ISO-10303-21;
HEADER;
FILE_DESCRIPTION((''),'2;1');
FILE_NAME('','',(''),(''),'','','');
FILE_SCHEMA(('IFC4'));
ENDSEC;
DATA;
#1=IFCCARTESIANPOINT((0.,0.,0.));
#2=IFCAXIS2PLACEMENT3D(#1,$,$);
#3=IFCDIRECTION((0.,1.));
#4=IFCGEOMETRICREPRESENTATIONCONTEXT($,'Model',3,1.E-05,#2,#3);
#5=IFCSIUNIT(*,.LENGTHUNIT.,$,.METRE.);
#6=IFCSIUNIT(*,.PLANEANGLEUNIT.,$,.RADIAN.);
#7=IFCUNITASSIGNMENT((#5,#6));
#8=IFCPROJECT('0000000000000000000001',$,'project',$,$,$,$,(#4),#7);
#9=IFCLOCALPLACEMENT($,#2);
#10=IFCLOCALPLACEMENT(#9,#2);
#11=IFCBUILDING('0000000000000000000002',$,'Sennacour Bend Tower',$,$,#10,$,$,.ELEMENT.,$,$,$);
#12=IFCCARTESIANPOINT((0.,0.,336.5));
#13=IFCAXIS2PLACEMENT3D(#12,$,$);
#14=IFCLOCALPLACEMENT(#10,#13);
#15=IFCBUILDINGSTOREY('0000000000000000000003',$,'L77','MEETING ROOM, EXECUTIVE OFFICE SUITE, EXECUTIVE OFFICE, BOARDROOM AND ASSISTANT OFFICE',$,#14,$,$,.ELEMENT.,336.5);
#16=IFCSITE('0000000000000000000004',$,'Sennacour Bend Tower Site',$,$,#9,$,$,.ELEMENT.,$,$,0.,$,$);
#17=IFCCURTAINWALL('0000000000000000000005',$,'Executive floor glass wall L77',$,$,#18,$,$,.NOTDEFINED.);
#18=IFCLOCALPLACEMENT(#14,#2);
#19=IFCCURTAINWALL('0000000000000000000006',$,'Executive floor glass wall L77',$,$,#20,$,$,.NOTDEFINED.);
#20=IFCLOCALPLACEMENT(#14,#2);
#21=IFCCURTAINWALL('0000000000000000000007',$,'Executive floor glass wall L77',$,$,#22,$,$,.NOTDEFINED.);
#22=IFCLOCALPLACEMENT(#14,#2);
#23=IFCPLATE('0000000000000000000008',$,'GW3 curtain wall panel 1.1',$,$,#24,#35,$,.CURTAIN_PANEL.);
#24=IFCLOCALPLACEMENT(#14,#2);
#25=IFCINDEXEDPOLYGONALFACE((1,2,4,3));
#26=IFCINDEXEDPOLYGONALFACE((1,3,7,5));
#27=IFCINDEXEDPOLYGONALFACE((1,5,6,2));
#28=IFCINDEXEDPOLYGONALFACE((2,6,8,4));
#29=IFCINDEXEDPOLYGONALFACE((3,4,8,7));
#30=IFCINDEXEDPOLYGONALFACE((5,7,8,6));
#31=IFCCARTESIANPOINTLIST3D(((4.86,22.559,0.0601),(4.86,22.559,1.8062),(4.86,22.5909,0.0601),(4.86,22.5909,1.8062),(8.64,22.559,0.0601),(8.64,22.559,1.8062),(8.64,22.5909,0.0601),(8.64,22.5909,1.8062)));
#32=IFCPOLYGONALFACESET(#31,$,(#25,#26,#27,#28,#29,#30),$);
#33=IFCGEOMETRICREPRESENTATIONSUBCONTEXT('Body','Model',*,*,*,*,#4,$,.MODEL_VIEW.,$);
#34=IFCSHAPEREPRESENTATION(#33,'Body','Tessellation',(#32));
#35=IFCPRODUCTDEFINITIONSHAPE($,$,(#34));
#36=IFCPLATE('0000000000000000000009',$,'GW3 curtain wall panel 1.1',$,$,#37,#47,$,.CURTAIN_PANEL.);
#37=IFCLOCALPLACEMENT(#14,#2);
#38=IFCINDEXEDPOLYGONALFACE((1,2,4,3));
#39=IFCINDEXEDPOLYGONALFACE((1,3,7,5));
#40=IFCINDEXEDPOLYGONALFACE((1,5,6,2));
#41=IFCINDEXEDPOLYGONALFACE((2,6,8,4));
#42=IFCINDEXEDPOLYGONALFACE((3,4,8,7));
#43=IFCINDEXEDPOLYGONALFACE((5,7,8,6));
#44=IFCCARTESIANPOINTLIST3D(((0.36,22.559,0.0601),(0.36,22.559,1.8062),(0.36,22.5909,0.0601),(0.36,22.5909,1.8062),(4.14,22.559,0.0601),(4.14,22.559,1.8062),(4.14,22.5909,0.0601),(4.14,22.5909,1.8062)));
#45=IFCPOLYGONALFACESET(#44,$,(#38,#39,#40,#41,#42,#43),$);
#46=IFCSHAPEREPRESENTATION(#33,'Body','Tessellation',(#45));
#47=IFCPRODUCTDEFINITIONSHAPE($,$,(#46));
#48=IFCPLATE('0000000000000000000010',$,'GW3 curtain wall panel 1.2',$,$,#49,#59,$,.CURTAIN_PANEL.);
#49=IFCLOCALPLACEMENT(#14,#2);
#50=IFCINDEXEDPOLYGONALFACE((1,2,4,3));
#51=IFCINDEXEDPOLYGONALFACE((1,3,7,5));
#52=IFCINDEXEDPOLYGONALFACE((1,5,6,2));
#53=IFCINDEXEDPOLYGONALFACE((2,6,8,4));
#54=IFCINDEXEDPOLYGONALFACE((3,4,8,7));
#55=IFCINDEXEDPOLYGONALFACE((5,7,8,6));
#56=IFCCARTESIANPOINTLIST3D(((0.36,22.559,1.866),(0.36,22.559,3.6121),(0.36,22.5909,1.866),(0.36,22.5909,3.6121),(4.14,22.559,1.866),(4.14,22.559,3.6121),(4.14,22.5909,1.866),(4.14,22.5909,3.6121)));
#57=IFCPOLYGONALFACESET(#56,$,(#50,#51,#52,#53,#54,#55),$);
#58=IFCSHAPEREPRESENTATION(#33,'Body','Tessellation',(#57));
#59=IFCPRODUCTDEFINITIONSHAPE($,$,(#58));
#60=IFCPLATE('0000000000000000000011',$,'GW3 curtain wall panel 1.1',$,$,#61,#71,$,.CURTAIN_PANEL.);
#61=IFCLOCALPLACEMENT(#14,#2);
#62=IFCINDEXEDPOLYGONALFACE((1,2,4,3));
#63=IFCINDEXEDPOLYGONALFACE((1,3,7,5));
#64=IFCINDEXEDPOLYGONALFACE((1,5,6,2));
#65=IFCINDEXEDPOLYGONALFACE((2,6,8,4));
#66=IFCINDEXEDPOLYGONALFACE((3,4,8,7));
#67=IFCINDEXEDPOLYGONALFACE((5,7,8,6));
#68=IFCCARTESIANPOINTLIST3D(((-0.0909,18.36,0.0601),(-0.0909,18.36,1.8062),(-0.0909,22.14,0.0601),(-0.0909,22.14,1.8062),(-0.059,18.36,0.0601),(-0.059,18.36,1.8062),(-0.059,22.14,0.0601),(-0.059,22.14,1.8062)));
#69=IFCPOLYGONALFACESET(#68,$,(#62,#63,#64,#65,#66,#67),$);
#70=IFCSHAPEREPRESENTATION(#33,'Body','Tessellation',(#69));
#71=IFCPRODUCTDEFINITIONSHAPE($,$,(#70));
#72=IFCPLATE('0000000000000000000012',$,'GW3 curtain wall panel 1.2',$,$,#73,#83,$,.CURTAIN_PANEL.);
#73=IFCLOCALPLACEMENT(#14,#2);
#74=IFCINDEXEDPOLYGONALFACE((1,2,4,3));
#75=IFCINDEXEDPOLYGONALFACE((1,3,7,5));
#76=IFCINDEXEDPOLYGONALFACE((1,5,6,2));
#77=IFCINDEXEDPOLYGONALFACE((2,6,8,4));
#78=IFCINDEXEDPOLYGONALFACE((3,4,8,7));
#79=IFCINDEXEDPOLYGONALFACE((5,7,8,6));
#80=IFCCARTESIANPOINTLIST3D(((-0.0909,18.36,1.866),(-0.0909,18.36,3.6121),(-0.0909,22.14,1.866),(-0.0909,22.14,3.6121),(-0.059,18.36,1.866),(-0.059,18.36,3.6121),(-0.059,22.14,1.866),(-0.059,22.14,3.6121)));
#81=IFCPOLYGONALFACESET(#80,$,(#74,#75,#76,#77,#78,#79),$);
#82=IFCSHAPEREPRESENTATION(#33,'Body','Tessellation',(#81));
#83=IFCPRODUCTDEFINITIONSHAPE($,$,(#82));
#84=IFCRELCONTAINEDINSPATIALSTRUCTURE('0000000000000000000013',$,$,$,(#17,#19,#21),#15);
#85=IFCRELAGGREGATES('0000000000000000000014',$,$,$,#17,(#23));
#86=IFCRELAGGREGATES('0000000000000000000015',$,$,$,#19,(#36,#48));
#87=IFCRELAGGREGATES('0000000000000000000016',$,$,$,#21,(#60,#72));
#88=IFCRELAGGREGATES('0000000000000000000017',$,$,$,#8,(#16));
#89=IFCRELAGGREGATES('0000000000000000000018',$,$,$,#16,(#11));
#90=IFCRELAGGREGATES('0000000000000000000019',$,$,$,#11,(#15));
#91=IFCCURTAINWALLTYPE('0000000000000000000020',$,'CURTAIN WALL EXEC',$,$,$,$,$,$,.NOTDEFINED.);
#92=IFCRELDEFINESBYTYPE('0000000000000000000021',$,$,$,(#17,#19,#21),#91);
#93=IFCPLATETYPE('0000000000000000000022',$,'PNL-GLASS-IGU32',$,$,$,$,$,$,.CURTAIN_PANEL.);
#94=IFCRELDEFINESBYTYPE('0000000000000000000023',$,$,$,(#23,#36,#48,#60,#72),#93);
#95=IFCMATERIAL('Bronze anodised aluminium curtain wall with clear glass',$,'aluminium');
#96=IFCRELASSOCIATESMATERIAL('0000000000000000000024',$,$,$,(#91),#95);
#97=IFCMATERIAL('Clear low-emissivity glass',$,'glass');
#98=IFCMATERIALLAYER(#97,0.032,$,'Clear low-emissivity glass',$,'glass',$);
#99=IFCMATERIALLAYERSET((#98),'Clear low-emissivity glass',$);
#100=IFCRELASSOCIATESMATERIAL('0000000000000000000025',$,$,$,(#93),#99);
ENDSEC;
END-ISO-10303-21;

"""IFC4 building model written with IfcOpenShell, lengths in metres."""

from ifc_helpers import new_model, si_unit, direction, frame, origin, origin_2d, place, context, subcontext, project, spatial, rectangle, extrude, material, layer, layer_set, type_object, element, aggregate, save


model = new_model("IFC4")

# Units and contexts
model_context = context("Model", 3, precision=1e-05, world=origin(), true_north=direction((0.0, 1.0)))
body_context = subcontext(model_context, "Body", "Model", "MODEL_VIEW")
ifc_project = project(units=[si_unit("LENGTHUNIT", "METRE"), si_unit("PLANEANGLEUNIT", "RADIAN")], contexts=[model_context])

# Site, building, storey
site_placement = place(None, origin())
site = spatial("IfcSite", under=ifc_project, at=site_placement, Name="Sennacour Bend Tower Site", CompositionType="ELEMENT", RefElevation=0.0)
building_placement = place(site_placement, origin())
building = spatial("IfcBuilding", under=site, at=building_placement, Name="Sennacour Bend Tower", CompositionType="ELEMENT")
storey_placement = place(building_placement, frame((0.0, 0.0, 336.5)))
storey = spatial("IfcBuildingStorey", under=building, at=storey_placement, Name="L77", Description="MEETING ROOM, EXECUTIVE OFFICE SUITE, EXECUTIVE OFFICE, BOARDROOM AND ASSISTANT OFFICE", CompositionType="ELEMENT", Elevation=336.5)

# Curtain wall
ifc_material_1 = material(Name="Bronze anodised aluminium curtain wall with clear glass", Category="aluminium")
curtain_wall_type = type_object("IfcCurtainWallType", Name="CURTAIN WALL EXEC", PredefinedType="NOTDEFINED", material=ifc_material_1)
curtain_wall_1_placement = place(storey_placement, origin())
curtain_wall_1 = element("IfcCurtainWall", 1, at=curtain_wall_1_placement, inside=storey, type_object=curtain_wall_type, Name="Executive floor glass wall L77", PredefinedType="NOTDEFINED")

# Curtain walls
curtain_wall_2_placement = place(storey_placement, origin())
curtain_wall_2 = element("IfcCurtainWall", 2, at=curtain_wall_2_placement, inside=storey, type_object=curtain_wall_type, Name="Executive floor glass wall L77", PredefinedType="NOTDEFINED")
curtain_wall_3_placement = place(storey_placement, origin())
curtain_wall_3 = element("IfcCurtainWall", 3, at=curtain_wall_3_placement, inside=storey, type_object=curtain_wall_type, Name="Executive floor glass wall L77", PredefinedType="NOTDEFINED")

# Plates
ifc_material_2 = material(Name="Clear low-emissivity glass", Category="glass")
ifc_layer = layer(ifc_material_2, 0.032, Name="Clear low-emissivity glass", Category="glass")
ifc_layer_set = layer_set([ifc_layer], Name="Clear low-emissivity glass")
plate_type = type_object("IfcPlateType", Name="PNL-GLASS-IGU32", PredefinedType="CURTAIN_PANEL", material=ifc_layer_set)
plate_1_placement = place(storey_placement, frame((6.75, 22.575, 0.0601), z_axis=(0.0, 0.0, 1.0), x_axis=(-1.0, 0.0, 0.0)))
plate_1 = element("IfcPlate", 4, at=plate_1_placement, type_object=plate_type, Name="GW3 curtain wall panel 1.1", PredefinedType="CURTAIN_PANEL", context=body_context, shape_type="SweptSolid", body=[
    extrude(rectangle(XDim=3.78, YDim=0.032, at=origin_2d()), origin(), (0.0, 0.0, 1.0), 1.7461),
])
aggregate(curtain_wall_1, [plate_1])
plate_2_placement = place(storey_placement, frame((2.25, 22.575, 0.0601), z_axis=(0.0, 0.0, 1.0), x_axis=(-1.0, 0.0, 0.0)))
plate_2 = element("IfcPlate", 5, at=plate_2_placement, type_object=plate_type, Name="GW3 curtain wall panel 1.1", PredefinedType="CURTAIN_PANEL", context=body_context, shape_type="SweptSolid", body=[
    extrude(rectangle(XDim=3.78, YDim=0.032, at=origin_2d()), origin(), (0.0, 0.0, 1.0), 1.7461),
])
plate_3_placement = place(storey_placement, frame((2.25, 22.575, 1.866), z_axis=(0.0, 0.0, 1.0), x_axis=(-1.0, 0.0, 0.0)))
plate_3 = element("IfcPlate", 6, at=plate_3_placement, type_object=plate_type, Name="GW3 curtain wall panel 1.2", PredefinedType="CURTAIN_PANEL", context=body_context, shape_type="SweptSolid", body=[
    extrude(rectangle(XDim=3.78, YDim=0.032, at=origin_2d()), origin(), (0.0, 0.0, 1.0), 1.7461),
])
aggregate(curtain_wall_2, [plate_2, plate_3])
plate_4_placement = place(storey_placement, frame((-0.075, 20.25, 0.0601), z_axis=(0.0, 0.0, 1.0), x_axis=(0.0, -1.0, 0.0)))
plate_4 = element("IfcPlate", 7, at=plate_4_placement, type_object=plate_type, Name="GW3 curtain wall panel 1.1", PredefinedType="CURTAIN_PANEL", context=body_context, shape_type="SweptSolid", body=[
    extrude(rectangle(XDim=3.78, YDim=0.032, at=origin_2d()), origin(), (0.0, 0.0, 1.0), 1.7461),
])
plate_5_placement = place(storey_placement, frame((-0.075, 20.25, 1.866), z_axis=(0.0, 0.0, 1.0), x_axis=(0.0, -1.0, 0.0)))
plate_5 = element("IfcPlate", 8, at=plate_5_placement, type_object=plate_type, Name="GW3 curtain wall panel 1.2", PredefinedType="CURTAIN_PANEL", context=body_context, shape_type="SweptSolid", body=[
    extrude(rectangle(XDim=3.78, YDim=0.032, at=origin_2d()), origin(), (0.0, 0.0, 1.0), 1.7461),
])
aggregate(curtain_wall_3, [plate_4, plate_5])

save(model, "model.ifc")
